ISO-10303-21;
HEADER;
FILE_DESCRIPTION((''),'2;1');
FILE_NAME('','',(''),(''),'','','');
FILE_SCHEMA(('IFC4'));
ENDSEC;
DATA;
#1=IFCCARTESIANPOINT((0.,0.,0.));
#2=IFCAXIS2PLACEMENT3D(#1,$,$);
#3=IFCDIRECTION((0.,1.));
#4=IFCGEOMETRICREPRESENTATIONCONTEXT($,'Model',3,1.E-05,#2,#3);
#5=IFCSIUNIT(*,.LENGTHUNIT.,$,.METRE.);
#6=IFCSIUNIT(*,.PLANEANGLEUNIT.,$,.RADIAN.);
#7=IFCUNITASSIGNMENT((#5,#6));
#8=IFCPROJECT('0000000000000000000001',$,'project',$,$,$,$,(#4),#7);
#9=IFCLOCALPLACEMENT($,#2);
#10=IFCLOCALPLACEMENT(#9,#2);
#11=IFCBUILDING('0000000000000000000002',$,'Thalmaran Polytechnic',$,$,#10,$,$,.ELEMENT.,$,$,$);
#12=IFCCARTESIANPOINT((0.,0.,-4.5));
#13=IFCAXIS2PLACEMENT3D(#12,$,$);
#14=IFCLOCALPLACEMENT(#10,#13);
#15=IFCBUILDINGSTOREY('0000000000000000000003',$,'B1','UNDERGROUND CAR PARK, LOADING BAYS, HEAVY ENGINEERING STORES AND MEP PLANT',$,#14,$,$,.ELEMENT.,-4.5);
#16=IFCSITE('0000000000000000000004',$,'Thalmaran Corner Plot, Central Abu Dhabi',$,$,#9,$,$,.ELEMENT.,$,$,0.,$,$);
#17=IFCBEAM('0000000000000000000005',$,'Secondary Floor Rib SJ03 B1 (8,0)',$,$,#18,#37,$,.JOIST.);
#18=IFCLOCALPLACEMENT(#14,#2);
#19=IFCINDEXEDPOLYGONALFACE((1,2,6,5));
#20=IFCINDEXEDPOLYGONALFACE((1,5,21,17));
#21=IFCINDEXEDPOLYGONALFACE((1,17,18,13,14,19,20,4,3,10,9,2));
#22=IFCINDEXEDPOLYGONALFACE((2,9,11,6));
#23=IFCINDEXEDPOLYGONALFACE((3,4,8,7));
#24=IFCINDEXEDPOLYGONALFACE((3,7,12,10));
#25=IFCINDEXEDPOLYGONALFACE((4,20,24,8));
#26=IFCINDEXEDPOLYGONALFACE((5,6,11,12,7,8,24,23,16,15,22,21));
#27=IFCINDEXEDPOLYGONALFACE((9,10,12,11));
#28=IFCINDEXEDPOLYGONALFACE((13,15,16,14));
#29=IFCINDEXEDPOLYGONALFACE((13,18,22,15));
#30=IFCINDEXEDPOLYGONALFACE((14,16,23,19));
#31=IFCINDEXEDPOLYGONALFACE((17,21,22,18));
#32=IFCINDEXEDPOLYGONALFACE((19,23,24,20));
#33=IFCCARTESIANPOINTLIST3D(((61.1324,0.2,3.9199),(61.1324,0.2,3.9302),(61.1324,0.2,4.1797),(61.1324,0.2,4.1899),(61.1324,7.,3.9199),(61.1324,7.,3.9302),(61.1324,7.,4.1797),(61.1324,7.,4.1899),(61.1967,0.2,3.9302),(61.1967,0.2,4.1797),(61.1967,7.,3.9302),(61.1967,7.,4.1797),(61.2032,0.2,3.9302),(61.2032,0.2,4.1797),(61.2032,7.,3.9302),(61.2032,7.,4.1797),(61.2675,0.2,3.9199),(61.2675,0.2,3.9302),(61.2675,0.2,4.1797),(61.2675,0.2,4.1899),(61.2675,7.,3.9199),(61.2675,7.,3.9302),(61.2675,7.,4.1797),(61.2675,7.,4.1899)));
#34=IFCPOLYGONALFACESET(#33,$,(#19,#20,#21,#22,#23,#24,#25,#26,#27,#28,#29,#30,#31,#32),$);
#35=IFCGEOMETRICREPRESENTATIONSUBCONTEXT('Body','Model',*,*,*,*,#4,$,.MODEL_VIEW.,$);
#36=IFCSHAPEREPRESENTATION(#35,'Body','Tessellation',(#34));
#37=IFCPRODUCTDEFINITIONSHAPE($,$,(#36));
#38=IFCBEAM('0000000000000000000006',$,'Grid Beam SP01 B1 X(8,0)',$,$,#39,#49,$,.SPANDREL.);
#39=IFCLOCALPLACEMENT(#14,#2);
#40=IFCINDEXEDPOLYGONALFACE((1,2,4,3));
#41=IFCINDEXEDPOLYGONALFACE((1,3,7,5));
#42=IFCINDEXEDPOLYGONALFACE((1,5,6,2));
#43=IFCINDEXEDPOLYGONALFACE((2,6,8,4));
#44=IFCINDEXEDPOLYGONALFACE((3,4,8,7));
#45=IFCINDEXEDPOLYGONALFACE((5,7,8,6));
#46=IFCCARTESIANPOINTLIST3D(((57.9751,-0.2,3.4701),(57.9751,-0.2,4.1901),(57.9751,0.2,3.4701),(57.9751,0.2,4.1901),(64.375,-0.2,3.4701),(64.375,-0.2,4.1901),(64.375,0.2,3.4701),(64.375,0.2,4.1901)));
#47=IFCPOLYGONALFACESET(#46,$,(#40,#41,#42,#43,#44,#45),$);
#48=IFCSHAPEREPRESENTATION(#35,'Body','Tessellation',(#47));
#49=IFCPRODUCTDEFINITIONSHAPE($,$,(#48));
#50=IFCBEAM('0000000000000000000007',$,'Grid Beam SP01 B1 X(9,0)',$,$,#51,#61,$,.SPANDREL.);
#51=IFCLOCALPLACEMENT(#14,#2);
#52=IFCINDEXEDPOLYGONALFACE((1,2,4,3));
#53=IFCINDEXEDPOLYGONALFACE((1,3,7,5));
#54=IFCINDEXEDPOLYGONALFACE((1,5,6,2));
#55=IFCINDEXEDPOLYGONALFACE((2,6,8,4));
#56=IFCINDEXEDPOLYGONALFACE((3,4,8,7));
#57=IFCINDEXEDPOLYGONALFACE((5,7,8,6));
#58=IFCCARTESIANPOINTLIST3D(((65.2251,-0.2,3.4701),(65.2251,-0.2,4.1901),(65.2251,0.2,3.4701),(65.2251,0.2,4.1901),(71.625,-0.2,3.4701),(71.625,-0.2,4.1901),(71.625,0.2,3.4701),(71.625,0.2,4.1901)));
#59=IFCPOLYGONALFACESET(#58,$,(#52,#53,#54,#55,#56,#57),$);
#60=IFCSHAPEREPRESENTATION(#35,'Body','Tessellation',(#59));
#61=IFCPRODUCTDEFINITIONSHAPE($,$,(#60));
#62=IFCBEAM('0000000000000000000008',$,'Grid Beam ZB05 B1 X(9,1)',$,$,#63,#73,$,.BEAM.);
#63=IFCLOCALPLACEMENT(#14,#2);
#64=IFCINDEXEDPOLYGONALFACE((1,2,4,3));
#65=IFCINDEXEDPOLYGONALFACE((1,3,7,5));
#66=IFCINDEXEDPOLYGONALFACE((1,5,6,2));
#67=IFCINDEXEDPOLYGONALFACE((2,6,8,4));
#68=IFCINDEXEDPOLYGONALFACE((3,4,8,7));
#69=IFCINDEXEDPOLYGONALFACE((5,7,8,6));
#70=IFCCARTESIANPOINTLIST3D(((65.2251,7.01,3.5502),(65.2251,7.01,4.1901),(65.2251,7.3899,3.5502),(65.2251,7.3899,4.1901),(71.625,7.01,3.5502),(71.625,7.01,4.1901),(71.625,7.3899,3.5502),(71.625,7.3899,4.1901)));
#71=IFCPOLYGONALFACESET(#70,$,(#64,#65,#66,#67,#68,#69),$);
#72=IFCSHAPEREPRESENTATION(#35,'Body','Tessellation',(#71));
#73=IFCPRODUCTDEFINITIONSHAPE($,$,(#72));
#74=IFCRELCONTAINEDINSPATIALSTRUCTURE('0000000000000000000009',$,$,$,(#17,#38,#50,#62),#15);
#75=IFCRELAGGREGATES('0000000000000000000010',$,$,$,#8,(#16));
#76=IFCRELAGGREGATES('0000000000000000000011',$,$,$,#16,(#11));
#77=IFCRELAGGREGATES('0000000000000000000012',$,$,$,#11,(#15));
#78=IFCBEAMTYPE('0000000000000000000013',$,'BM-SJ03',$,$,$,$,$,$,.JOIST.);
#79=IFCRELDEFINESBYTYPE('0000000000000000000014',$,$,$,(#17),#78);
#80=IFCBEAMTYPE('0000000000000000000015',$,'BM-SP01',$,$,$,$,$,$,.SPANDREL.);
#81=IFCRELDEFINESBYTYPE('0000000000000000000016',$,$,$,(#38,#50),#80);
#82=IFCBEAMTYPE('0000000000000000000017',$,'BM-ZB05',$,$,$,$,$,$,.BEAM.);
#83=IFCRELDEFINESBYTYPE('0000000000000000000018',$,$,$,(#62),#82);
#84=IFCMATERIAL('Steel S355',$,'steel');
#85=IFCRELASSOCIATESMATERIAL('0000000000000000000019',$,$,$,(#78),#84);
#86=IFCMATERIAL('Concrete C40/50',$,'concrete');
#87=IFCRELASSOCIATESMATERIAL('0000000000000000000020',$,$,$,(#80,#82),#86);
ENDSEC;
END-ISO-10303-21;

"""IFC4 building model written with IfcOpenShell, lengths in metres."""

from ifc_helpers import new_model, si_unit, direction, frame, origin, origin_2d, place, context, subcontext, project, spatial, rectangle, i_section, extrude, material, material_profile, profile_set, type_object, element, save


model = new_model("IFC4")

# Units and contexts
model_context = context("Model", 3, precision=1e-05, world=origin(), true_north=direction((0.0, 1.0)))
body_context = subcontext(model_context, "Body", "Model", "MODEL_VIEW")
ifc_project = project(units=[si_unit("LENGTHUNIT", "METRE"), si_unit("PLANEANGLEUNIT", "RADIAN")], contexts=[model_context])

# Site, building, storey
site_placement = place(None, origin())
site = spatial("IfcSite", under=ifc_project, at=site_placement, Name="Thalmaran Corner Plot, Central Abu Dhabi", CompositionType="ELEMENT", RefElevation=0.0)
building_placement = place(site_placement, origin())
building = spatial("IfcBuilding", under=site, at=building_placement, Name="Thalmaran Polytechnic", CompositionType="ELEMENT")
storey_placement = place(building_placement, frame((0.0, 0.0, -4.5)))
storey = spatial("IfcBuildingStorey", under=building, at=storey_placement, Name="B1", Description="UNDERGROUND CAR PARK, LOADING BAYS, HEAVY ENGINEERING STORES AND MEP PLANT", CompositionType="ELEMENT", Elevation=-4.5)

# Shared definitions
ifc_material_1 = material(Name="Concrete C40/50", Category="concrete")

# Beams
ifc_material_2 = material(Name="Steel S355", Category="steel")
ifc_material_profile_1 = material_profile(ifc_material_2, i_section(OverallWidth=0.135, OverallDepth=0.27, WebThickness=0.0066, FlangeThickness=0.0103, at=origin_2d()), Name="IPE 270")
ifc_profile_set_1 = profile_set([ifc_material_profile_1], Name="Steel S355")
beam_type_1 = type_object("IfcBeamType", Name="BM-SJ03", PredefinedType="JOIST", material=ifc_profile_set_1)
beam_1_placement = place(storey_placement, frame((61.2, 0.2, 4.0549), z_axis=(0.0, 1.0, 0.0), x_axis=(-1.0, 0.0, 0.0)))
element("IfcBeam", 1, at=beam_1_placement, inside=storey, type_object=beam_type_1, Name="Secondary Floor Rib SJ03 B1 (8,0)", PredefinedType="JOIST", context=body_context, shape_type="SweptSolid", body=[
    extrude(i_section(OverallWidth=0.135, OverallDepth=0.27, WebThickness=0.0066, FlangeThickness=0.0103, at=origin_2d()), origin(), (0.0, 0.0, 1.0), 6.8),
])
ifc_material_profile_2 = material_profile(ifc_material_1, rectangle(XDim=0.3999, YDim=0.72, at=origin_2d()), Name="RC 400x720")
ifc_profile_set_2 = profile_set([ifc_material_profile_2], Name="Concrete C40/50")
beam_type_2 = type_object("IfcBeamType", Name="BM-SP01", PredefinedType="SPANDREL", material=ifc_profile_set_2)
for number, where, z_axis, x_axis, name in (
    (2, (57.9751, 0.0, 3.8301), (1.0, 0.0, 0.0), (0.0, 1.0, 0.0), "Grid Beam SP01 B1 X(8,0)"),
    (3, (65.2251, 0.0, 3.8301), (1.0, 0.0, 0.0), (0.0, 1.0, 0.0), "Grid Beam SP01 B1 X(9,0)"),
):
    element("IfcBeam", number, at=place(storey_placement, frame(where, z_axis=z_axis, x_axis=x_axis)), inside=storey, type_object=beam_type_2, Name=name, PredefinedType="SPANDREL", context=body_context, shape_type="SweptSolid", body=[
        extrude(rectangle(XDim=0.3999, YDim=0.72, at=origin_2d()), origin(), (0.0, 0.0, 1.0), 6.3999),
    ])
ifc_material_profile_3 = material_profile(ifc_material_1, rectangle(XDim=0.3799, YDim=0.6399, at=origin_2d()), Name="RC 380x640")
ifc_profile_set_3 = profile_set([ifc_material_profile_3], Name="Concrete C40/50")
beam_type_3 = type_object("IfcBeamType", Name="BM-ZB05", PredefinedType="BEAM", material=ifc_profile_set_3)
beam_2_placement = place(storey_placement, frame((65.2251, 7.2, 3.8701), z_axis=(1.0, 0.0, 0.0), x_axis=(0.0, 1.0, 0.0)))
element("IfcBeam", 4, at=beam_2_placement, inside=storey, type_object=beam_type_3, Name="Grid Beam ZB05 B1 X(9,1)", PredefinedType="BEAM", context=body_context, shape_type="SweptSolid", body=[
    extrude(rectangle(XDim=0.3799, YDim=0.6399, at=origin_2d()), origin(), (0.0, 0.0, 1.0), 6.3999),
])

save(model, "model.ifc")
